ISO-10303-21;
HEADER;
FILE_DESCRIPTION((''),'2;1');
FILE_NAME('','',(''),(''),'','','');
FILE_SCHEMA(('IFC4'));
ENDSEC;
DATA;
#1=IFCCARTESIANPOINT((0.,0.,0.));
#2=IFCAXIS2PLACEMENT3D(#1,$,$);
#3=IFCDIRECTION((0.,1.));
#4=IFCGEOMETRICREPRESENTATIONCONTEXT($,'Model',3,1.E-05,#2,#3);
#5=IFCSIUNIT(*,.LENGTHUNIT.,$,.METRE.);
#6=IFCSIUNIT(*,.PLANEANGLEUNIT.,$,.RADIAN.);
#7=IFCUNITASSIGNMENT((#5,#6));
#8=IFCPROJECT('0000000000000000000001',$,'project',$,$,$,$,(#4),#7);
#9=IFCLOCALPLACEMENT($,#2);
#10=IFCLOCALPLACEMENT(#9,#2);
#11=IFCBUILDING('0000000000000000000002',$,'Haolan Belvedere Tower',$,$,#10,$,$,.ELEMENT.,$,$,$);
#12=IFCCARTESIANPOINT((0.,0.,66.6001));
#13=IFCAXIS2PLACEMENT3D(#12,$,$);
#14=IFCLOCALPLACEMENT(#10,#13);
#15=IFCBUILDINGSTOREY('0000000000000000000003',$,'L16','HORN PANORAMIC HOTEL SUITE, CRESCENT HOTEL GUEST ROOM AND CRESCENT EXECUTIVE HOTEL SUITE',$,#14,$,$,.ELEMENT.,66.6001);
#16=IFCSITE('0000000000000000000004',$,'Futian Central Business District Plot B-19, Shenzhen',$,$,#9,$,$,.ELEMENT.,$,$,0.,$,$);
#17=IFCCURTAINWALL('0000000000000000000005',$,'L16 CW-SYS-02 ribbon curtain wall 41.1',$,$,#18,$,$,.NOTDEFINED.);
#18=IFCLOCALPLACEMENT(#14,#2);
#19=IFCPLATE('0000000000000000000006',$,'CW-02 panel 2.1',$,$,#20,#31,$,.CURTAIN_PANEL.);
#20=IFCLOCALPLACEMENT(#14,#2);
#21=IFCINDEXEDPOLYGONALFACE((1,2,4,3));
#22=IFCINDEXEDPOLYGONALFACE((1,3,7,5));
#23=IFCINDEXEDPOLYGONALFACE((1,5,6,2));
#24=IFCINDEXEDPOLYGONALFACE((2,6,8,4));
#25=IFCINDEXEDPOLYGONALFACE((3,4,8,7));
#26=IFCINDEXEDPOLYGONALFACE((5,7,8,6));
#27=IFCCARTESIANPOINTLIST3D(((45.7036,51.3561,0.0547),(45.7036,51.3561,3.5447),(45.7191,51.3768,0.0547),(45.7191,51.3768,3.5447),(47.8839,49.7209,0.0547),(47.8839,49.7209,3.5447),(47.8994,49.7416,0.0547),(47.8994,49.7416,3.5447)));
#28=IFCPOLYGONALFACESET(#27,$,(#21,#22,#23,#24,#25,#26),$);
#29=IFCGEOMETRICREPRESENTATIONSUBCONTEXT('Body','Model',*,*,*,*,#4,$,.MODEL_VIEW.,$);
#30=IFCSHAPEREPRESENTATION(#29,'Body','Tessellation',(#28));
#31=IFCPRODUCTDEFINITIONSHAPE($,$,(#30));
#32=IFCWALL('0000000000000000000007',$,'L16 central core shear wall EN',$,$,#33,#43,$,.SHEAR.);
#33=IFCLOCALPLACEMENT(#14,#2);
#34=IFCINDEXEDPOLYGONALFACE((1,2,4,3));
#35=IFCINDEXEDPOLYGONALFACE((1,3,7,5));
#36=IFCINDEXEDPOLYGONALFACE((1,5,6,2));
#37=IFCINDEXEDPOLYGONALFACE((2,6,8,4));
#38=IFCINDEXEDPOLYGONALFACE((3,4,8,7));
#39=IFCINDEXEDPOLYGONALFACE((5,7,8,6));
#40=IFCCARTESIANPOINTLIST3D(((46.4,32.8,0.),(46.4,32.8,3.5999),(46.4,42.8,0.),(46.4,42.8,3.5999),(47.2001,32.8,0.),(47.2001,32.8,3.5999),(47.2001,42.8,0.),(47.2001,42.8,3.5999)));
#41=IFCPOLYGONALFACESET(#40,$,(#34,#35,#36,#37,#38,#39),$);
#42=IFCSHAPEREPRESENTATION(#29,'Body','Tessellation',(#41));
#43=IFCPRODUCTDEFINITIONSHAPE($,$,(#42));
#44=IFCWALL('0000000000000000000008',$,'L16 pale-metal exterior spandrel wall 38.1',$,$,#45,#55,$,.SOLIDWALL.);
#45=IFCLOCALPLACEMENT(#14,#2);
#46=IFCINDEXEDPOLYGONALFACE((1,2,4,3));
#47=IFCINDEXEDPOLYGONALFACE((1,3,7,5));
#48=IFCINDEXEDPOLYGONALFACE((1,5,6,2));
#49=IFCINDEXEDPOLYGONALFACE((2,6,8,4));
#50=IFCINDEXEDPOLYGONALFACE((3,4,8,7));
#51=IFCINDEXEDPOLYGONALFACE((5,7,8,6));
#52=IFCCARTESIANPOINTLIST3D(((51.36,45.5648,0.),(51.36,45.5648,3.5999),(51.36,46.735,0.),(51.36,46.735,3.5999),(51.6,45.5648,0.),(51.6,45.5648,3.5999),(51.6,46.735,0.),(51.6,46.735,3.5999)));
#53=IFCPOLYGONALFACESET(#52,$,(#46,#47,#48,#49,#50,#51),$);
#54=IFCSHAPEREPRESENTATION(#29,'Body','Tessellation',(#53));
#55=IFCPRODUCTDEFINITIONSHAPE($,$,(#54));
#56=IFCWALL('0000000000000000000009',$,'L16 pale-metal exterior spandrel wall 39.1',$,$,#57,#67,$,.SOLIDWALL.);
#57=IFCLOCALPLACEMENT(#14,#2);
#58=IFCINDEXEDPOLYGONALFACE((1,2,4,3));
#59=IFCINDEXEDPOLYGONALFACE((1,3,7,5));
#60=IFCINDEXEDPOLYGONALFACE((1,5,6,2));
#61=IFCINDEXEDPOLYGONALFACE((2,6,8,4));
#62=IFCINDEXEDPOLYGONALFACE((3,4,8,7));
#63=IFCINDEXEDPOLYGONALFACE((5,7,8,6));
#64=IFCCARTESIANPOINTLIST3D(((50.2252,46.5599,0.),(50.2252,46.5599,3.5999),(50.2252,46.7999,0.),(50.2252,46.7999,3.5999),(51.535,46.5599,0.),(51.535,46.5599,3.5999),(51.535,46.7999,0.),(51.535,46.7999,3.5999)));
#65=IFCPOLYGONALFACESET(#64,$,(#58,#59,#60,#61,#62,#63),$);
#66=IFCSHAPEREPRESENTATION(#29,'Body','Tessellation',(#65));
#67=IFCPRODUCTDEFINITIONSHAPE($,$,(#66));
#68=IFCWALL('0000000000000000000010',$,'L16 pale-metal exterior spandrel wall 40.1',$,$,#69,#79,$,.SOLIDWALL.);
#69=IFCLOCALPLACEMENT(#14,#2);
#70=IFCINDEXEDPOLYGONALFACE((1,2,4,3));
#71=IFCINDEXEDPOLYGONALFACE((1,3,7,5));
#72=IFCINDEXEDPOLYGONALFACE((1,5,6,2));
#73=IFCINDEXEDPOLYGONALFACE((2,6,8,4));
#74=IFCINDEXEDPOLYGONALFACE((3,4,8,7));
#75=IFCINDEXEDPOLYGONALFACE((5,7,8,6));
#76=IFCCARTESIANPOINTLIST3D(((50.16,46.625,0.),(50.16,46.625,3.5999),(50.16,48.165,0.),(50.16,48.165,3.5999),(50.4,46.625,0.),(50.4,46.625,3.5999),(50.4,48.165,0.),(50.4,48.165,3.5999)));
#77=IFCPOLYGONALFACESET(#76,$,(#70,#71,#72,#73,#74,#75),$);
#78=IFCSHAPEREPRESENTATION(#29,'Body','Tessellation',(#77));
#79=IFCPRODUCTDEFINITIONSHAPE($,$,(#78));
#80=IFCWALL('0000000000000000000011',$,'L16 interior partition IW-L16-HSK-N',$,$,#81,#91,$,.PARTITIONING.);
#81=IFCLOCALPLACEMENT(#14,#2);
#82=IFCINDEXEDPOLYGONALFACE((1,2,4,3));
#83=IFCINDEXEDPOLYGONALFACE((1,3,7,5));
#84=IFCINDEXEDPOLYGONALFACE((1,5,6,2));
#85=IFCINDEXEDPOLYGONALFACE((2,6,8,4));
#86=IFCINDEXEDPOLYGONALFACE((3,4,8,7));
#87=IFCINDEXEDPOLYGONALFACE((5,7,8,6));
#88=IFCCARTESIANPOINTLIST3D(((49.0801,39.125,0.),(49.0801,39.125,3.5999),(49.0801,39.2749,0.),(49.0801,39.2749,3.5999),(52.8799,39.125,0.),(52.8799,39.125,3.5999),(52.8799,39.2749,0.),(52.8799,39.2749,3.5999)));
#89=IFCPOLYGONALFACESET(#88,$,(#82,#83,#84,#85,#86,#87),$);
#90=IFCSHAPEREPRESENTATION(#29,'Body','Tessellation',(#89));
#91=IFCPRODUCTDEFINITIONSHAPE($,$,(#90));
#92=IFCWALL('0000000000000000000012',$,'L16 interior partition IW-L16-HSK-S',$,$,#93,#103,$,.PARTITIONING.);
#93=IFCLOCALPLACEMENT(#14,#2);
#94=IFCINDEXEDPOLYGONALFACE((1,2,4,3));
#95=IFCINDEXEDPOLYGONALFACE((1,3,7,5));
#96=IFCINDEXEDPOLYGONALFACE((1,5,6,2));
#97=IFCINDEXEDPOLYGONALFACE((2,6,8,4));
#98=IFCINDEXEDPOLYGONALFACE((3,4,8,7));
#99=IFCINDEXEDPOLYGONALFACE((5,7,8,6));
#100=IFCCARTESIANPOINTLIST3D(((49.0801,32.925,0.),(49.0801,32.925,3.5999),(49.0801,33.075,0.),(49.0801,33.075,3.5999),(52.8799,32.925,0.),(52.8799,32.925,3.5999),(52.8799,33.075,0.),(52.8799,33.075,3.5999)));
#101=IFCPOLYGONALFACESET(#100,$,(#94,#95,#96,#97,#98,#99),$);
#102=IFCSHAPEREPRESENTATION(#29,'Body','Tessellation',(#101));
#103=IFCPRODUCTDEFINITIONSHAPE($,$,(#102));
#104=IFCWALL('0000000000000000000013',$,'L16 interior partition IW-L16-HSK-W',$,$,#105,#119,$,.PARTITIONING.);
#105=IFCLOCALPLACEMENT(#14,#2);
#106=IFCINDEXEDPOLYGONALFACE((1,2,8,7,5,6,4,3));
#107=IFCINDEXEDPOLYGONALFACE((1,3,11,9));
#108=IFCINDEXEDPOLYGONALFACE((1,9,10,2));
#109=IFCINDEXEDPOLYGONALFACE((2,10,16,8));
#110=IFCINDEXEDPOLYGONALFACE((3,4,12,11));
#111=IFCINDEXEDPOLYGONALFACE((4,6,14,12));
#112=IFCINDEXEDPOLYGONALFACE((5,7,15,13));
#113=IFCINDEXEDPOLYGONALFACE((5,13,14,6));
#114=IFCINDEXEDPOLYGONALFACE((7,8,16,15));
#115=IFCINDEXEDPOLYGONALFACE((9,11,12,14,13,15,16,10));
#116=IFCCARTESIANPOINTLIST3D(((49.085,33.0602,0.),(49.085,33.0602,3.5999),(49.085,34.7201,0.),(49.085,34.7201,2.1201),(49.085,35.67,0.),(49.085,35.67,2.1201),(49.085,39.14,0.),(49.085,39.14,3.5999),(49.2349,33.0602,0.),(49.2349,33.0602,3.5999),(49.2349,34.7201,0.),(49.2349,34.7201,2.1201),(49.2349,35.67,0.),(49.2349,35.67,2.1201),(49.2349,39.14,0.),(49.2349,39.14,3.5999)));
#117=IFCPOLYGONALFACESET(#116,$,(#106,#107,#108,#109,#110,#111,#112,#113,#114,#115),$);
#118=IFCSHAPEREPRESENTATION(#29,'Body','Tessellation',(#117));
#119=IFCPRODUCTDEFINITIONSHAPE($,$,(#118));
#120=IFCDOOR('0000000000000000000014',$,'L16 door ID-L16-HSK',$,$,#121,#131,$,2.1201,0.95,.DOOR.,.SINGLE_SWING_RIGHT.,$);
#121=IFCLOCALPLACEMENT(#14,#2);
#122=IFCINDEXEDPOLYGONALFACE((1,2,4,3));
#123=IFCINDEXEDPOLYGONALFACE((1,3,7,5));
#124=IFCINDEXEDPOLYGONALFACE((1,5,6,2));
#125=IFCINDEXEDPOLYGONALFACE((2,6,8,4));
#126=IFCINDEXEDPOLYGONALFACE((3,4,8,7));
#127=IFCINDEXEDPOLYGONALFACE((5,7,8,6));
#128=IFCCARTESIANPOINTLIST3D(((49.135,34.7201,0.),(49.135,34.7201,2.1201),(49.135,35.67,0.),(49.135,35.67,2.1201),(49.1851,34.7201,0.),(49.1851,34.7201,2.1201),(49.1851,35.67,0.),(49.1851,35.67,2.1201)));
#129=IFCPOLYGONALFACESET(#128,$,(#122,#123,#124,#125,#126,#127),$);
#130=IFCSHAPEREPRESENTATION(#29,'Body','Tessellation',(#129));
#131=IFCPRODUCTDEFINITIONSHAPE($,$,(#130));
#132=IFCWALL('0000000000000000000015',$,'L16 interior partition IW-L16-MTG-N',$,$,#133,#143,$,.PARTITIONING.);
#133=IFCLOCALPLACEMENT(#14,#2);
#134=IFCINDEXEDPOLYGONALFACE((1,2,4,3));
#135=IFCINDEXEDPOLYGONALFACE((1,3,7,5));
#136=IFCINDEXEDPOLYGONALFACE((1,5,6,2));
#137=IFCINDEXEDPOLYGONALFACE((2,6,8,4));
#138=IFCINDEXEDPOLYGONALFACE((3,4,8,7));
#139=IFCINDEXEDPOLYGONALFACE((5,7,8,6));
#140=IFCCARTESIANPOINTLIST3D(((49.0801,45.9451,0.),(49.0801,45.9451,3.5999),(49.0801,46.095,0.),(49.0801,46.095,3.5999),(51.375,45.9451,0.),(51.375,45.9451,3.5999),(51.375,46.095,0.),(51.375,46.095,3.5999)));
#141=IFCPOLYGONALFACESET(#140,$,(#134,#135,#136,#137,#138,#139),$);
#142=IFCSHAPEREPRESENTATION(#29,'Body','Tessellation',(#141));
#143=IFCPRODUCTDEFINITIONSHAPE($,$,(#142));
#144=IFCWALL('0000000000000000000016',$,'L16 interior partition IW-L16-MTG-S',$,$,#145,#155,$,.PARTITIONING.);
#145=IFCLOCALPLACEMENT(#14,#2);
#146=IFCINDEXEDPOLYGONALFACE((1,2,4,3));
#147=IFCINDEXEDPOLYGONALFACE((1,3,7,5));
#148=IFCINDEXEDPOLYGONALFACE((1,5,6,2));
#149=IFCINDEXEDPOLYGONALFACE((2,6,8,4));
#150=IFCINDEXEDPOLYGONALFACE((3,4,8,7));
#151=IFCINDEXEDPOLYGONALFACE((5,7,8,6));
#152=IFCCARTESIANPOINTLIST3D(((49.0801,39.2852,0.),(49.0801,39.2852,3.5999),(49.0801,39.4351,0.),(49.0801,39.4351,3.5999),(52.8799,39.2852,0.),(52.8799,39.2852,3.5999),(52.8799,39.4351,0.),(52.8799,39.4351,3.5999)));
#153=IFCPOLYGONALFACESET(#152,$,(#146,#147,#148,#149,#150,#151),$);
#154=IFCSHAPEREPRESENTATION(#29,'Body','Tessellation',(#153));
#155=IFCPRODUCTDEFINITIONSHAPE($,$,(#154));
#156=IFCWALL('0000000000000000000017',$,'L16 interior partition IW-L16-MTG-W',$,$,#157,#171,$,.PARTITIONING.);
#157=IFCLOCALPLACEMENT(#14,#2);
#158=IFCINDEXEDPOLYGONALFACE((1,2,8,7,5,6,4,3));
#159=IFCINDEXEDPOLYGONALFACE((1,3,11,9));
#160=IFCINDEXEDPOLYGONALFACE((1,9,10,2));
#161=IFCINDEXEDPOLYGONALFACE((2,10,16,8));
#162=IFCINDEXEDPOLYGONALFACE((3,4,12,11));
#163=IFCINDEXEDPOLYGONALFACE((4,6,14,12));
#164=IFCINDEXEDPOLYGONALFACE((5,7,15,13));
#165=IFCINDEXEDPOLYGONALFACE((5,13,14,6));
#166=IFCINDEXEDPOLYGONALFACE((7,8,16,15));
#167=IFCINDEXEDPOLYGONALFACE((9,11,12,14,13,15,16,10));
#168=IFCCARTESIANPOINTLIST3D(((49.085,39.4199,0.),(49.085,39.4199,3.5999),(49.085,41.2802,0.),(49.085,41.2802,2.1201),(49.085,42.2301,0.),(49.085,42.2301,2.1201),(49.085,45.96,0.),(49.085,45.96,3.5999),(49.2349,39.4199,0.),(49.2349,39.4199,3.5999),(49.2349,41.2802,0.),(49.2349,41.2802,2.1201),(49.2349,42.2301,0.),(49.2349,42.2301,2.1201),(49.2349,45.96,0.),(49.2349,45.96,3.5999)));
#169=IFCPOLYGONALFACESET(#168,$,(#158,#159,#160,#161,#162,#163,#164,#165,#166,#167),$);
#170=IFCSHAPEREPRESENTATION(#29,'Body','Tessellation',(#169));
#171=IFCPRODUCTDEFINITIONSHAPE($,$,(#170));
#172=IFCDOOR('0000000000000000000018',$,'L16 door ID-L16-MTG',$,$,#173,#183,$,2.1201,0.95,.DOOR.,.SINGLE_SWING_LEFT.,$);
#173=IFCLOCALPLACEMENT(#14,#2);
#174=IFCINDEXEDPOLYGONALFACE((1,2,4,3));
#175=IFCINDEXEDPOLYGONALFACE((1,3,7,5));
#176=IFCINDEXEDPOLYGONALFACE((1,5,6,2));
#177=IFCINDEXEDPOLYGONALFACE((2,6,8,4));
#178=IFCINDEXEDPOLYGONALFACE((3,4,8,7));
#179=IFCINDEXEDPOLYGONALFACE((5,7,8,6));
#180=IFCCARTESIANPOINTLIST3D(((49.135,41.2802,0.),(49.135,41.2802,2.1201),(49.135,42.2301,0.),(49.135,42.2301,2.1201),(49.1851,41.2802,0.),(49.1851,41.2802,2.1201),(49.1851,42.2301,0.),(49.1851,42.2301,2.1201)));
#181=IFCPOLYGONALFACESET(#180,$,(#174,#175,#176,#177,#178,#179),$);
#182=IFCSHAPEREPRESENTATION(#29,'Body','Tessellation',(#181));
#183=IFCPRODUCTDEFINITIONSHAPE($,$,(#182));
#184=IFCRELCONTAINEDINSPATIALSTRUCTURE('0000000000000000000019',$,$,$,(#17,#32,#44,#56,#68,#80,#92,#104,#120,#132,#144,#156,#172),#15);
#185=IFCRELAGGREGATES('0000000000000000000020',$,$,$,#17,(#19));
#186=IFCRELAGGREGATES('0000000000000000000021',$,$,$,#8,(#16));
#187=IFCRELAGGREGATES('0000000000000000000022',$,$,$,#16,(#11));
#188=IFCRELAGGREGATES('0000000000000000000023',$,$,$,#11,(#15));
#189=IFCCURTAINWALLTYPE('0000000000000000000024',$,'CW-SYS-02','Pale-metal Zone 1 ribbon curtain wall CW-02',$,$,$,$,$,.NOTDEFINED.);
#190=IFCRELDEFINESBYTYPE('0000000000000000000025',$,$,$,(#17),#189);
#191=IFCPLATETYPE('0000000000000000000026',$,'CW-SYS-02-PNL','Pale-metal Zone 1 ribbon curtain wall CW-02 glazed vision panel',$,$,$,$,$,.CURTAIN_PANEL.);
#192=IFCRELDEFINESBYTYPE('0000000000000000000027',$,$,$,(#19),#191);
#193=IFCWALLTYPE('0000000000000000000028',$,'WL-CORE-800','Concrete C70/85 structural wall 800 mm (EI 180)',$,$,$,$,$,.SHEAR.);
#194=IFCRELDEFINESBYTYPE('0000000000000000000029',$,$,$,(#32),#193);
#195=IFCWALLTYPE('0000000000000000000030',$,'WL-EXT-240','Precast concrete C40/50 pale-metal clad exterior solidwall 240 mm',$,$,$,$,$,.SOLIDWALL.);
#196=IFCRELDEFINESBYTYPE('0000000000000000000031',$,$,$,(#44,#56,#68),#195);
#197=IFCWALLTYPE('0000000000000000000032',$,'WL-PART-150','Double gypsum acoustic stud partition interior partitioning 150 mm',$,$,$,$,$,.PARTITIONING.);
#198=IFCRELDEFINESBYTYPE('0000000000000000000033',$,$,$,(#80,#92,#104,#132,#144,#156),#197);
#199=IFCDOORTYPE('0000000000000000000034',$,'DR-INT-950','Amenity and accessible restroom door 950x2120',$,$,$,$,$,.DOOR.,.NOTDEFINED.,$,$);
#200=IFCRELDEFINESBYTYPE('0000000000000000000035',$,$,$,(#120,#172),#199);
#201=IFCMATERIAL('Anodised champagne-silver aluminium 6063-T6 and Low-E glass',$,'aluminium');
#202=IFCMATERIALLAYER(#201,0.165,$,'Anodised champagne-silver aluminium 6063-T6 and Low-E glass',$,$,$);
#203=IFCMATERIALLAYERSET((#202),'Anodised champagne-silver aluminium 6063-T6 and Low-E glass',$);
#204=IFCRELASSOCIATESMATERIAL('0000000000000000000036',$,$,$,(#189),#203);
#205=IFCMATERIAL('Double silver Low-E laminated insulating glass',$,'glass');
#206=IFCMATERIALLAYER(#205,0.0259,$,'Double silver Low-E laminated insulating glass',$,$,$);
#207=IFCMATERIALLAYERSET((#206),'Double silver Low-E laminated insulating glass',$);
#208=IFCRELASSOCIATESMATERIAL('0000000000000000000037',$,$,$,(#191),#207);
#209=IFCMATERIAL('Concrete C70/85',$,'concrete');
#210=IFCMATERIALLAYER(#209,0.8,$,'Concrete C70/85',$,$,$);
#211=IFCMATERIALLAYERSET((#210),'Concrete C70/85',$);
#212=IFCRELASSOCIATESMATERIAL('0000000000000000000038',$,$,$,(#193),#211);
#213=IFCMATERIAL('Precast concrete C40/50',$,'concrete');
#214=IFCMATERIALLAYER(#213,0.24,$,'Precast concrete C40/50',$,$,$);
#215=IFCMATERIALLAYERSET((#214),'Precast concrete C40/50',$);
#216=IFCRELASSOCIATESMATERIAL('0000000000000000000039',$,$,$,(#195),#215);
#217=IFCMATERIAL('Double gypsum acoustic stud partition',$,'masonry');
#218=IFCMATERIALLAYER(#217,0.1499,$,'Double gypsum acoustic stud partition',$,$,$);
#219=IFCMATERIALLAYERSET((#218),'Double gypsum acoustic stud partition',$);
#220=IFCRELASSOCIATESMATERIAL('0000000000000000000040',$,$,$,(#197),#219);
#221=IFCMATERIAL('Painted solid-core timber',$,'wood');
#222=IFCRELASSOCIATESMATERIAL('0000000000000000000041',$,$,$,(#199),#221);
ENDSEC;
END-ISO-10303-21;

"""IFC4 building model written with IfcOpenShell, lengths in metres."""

from ifc_helpers import new_model, si_unit, direction, frame, frame_2d, origin, origin_2d, place, context, subcontext, project, spatial, rectangle, extrude, material, layer, layer_set, type_object, element, fill, aggregate, save


model = new_model("IFC4")

# Units and contexts
model_context = context("Model", 3, precision=1e-05, world=origin(), true_north=direction((0.0, 1.0)))
body_context = subcontext(model_context, "Body", "Model", "MODEL_VIEW")
ifc_project = project(units=[si_unit("LENGTHUNIT", "METRE"), si_unit("PLANEANGLEUNIT", "RADIAN")], contexts=[model_context])

# Site, building, storey
site_placement = place(None, origin())
site = spatial("IfcSite", under=ifc_project, at=site_placement, Name="Futian Central Business District Plot B-19, Shenzhen", CompositionType="ELEMENT", RefElevation=0.0)
building_placement = place(site_placement, origin())
building = spatial("IfcBuilding", under=site, at=building_placement, Name="Haolan Belvedere Tower", CompositionType="ELEMENT")
storey_placement = place(building_placement, frame((0.0, 0.0, 66.6001)))
storey = spatial("IfcBuildingStorey", under=building, at=storey_placement, Name="L16", Description="HORN PANORAMIC HOTEL SUITE, CRESCENT HOTEL GUEST ROOM AND CRESCENT EXECUTIVE HOTEL SUITE", CompositionType="ELEMENT", Elevation=66.6001)

# Curtain wall, plate
ifc_material_1 = material(Name="Anodised champagne-silver aluminium 6063-T6 and Low-E glass", Category="aluminium")
ifc_layer_1 = layer(ifc_material_1, 0.165, Name="Anodised champagne-silver aluminium 6063-T6 and Low-E glass")
ifc_layer_set_1 = layer_set([ifc_layer_1], Name="Anodised champagne-silver aluminium 6063-T6 and Low-E glass")
curtain_wall_type = type_object("IfcCurtainWallType", Name="CW-SYS-02", Description="Pale-metal Zone 1 ribbon curtain wall CW-02", PredefinedType="NOTDEFINED", material=ifc_layer_set_1)
curtain_wall_placement = place(storey_placement, origin())
curtain_wall = element("IfcCurtainWall", 1, at=curtain_wall_placement, inside=storey, type_object=curtain_wall_type, Name="L16 CW-SYS-02 ribbon curtain wall 41.1", PredefinedType="NOTDEFINED")
ifc_material_2 = material(Name="Double silver Low-E laminated insulating glass", Category="glass")
ifc_layer_2 = layer(ifc_material_2, 0.0259, Name="Double silver Low-E laminated insulating glass")
ifc_layer_set_2 = layer_set([ifc_layer_2], Name="Double silver Low-E laminated insulating glass")
plate_type = type_object("IfcPlateType", Name="CW-SYS-02-PNL", Description="Pale-metal Zone 1 ribbon curtain wall CW-02 glazed vision panel", PredefinedType="CURTAIN_PANEL", material=ifc_layer_set_2)
plate_1_placement = place(storey_placement, frame((46.8015, 50.5488, 0.0547), z_axis=(0.0, 0.0, 1.0), x_axis=(-0.800004, 0.599994, 0.0)))
plate_1 = element("IfcPlate", 2, at=plate_1_placement, type_object=plate_type, Name="CW-02 panel 2.1", PredefinedType="CURTAIN_PANEL", context=body_context, shape_type="SweptSolid", body=[
    extrude(rectangle(XDim=2.7253, YDim=0.0259, at=origin_2d()), origin(), (0.0, 0.0, 1.0), 3.49),
])
aggregate(curtain_wall, [plate_1])

# Walls
ifc_material_3 = material(Name="Concrete C70/85", Category="concrete")
ifc_layer_3 = layer(ifc_material_3, 0.8, Name="Concrete C70/85")
ifc_layer_set_3 = layer_set([ifc_layer_3], Name="Concrete C70/85")
wall_type_1 = type_object("IfcWallType", Name="WL-CORE-800", Description="Concrete C70/85 structural wall 800 mm (EI 180)", PredefinedType="SHEAR", material=ifc_layer_set_3)
wall_1_placement = place(storey_placement, frame((46.8, 32.8, 0.0), z_axis=(0.0, 0.0, 1.0), x_axis=(0.0, 1.0, 0.0)))
element("IfcWall", 3, at=wall_1_placement, inside=storey, type_object=wall_type_1, Name="L16 central core shear wall EN", PredefinedType="SHEAR", context=body_context, shape_type="SweptSolid", body=[
    extrude(rectangle(XDim=10.0, YDim=0.8, at=frame_2d((5.0, 0.0))), origin(), (0.0, 0.0, 1.0), 3.5999),
])
ifc_material_4 = material(Name="Precast concrete C40/50", Category="concrete")
ifc_layer_4 = layer(ifc_material_4, 0.24, Name="Precast concrete C40/50")
ifc_layer_set_4 = layer_set([ifc_layer_4], Name="Precast concrete C40/50")
wall_type_2 = type_object("IfcWallType", Name="WL-EXT-240", Description="Precast concrete C40/50 pale-metal clad exterior solidwall 240 mm", PredefinedType="SOLIDWALL", material=ifc_layer_set_4)
wall_2_placement = place(storey_placement, frame((51.48, 45.5649, 0.0), z_axis=(0.0, 0.0, 1.0), x_axis=(0.0, 1.0, 0.0)))
element("IfcWall", 4, at=wall_2_placement, inside=storey, type_object=wall_type_2, Name="L16 pale-metal exterior spandrel wall 38.1", PredefinedType="SOLIDWALL", context=body_context, shape_type="SweptSolid", body=[
    extrude(rectangle(XDim=1.1702, YDim=0.24, at=frame_2d((0.585, 0.0))), origin(), (0.0, 0.0, 1.0), 3.5999),
])
wall_3_placement = place(storey_placement, frame((51.5349, 46.6799, 0.0), z_axis=(0.0, 0.0, 1.0), x_axis=(-1.0, 0.0, 0.0)))
element("IfcWall", 5, at=wall_3_placement, inside=storey, type_object=wall_type_2, Name="L16 pale-metal exterior spandrel wall 39.1", PredefinedType="SOLIDWALL", context=body_context, shape_type="SweptSolid", body=[
    extrude(rectangle(XDim=1.3098, YDim=0.24, at=frame_2d((0.6548, 0.0))), origin(), (0.0, 0.0, 1.0), 3.5999),
])
wall_4_placement = place(storey_placement, frame((50.28, 46.625, 0.0), z_axis=(0.0, 0.0, 1.0), x_axis=(0.0, 1.0, 0.0)))
element("IfcWall", 6, at=wall_4_placement, inside=storey, type_object=wall_type_2, Name="L16 pale-metal exterior spandrel wall 40.1", PredefinedType="SOLIDWALL", context=body_context, shape_type="SweptSolid", body=[
    extrude(rectangle(XDim=1.54, YDim=0.24, at=frame_2d((0.77, 0.0))), origin(), (0.0, 0.0, 1.0), 3.5999),
])
ifc_material_5 = material(Name="Double gypsum acoustic stud partition", Category="masonry")
ifc_layer_5 = layer(ifc_material_5, 0.1499, Name="Double gypsum acoustic stud partition")
ifc_layer_set_5 = layer_set([ifc_layer_5], Name="Double gypsum acoustic stud partition")
wall_type_3 = type_object("IfcWallType", Name="WL-PART-150", Description="Double gypsum acoustic stud partition interior partitioning 150 mm", PredefinedType="PARTITIONING", material=ifc_layer_set_5)
for number, where, z_axis, x_axis, name in (
    (7, (49.0801, 39.2, 0.0), (0.0, 0.0, 1.0), (1.0, 0.0, 0.0), "L16 interior partition IW-L16-HSK-N"),
    (8, (49.0801, 33.0, 0.0), (0.0, 0.0, 1.0), (1.0, 0.0, 0.0), "L16 interior partition IW-L16-HSK-S"),
):
    element("IfcWall", number, at=place(storey_placement, frame(where, z_axis=z_axis, x_axis=x_axis)), inside=storey, type_object=wall_type_3, Name=name, PredefinedType="PARTITIONING", context=body_context, shape_type="SweptSolid", body=[
        extrude(rectangle(XDim=3.7998, YDim=0.1499, at=frame_2d((1.8999, 0.0))), origin(), (0.0, 0.0, 1.0), 3.5999),
    ])

# Wall, opening, door
wall_5_placement = place(storey_placement, frame((49.1599, 33.0601, 0.0), z_axis=(0.0, 0.0, 1.0), x_axis=(0.0, 1.0, 0.0)))
wall_5 = element("IfcWall", 9, at=wall_5_placement, inside=storey, type_object=wall_type_3, Name="L16 interior partition IW-L16-HSK-W", PredefinedType="PARTITIONING", context=body_context, shape_type="SweptSolid", body=[
    extrude(rectangle(XDim=6.0798, YDim=0.1499, at=frame_2d((3.04, 0.0))), origin(), (0.0, 0.0, 1.0), 3.5999),
])
opening_1_placement = place(wall_5_placement, frame((1.6599, 0.0, 0.0)))
opening_1 = element("IfcOpeningElement", 10, at=opening_1_placement, cuts=wall_5, PredefinedType="OPENING", context=body_context, shape_type="SweptSolid", body=[
    extrude(rectangle(XDim=0.95, YDim=2.1201, at=frame_2d((0.4751, 1.0601))), frame((0.0, 0.085, 0.0), z_axis=(0.0, -1.0, 0.0), x_axis=(1.0, 0.0, 0.0)), (0.0, 0.0, 1.0), 0.1699),
])
ifc_material_6 = material(Name="Painted solid-core timber", Category="wood")
door_type = type_object("IfcDoorType", Name="DR-INT-950", Description="Amenity and accessible restroom door 950x2120", OperationType="NOTDEFINED", PredefinedType="DOOR", material=ifc_material_6)
door_1_placement = place(opening_1_placement, origin())
door_1 = element("IfcDoor", 11, at=door_1_placement, inside=storey, type_object=door_type, Name="L16 door ID-L16-HSK", OperationType="SINGLE_SWING_RIGHT", OverallHeight=2.1201, OverallWidth=0.95, PredefinedType="DOOR", context=body_context, shape_type="SweptSolid", body=[
    extrude(rectangle(XDim=0.95, YDim=2.1201, at=frame_2d((0.4751, 1.0601))), frame((0.0, 0.0249, 0.0), z_axis=(0.0, -1.0, 0.0), x_axis=(1.0, 0.0, 0.0)), (0.0, 0.0, 1.0), 0.05),
])
fill(opening_1, door_1)

# Walls
wall_6_placement = place(storey_placement, frame((49.0801, 46.02, 0.0), z_axis=(0.0, 0.0, 1.0), x_axis=(1.0, 0.0, 0.0)))
element("IfcWall", 12, at=wall_6_placement, inside=storey, type_object=wall_type_3, Name="L16 interior partition IW-L16-MTG-N", PredefinedType="PARTITIONING", context=body_context, shape_type="SweptSolid", body=[
    extrude(rectangle(XDim=2.2949, YDim=0.1499, at=frame_2d((1.1475, 0.0))), origin(), (0.0, 0.0, 1.0), 3.5999),
])
wall_7_placement = place(storey_placement, frame((49.0801, 39.3601, 0.0), z_axis=(0.0, 0.0, 1.0), x_axis=(1.0, 0.0, 0.0)))
element("IfcWall", 13, at=wall_7_placement, inside=storey, type_object=wall_type_3, Name="L16 interior partition IW-L16-MTG-S", PredefinedType="PARTITIONING", context=body_context, shape_type="SweptSolid", body=[
    extrude(rectangle(XDim=3.7998, YDim=0.1499, at=frame_2d((1.8999, 0.0))), origin(), (0.0, 0.0, 1.0), 3.5999),
])

# Wall, opening, door
wall_8_placement = place(storey_placement, frame((49.1599, 39.4199, 0.0), z_axis=(0.0, 0.0, 1.0), x_axis=(0.0, 1.0, 0.0)))
wall_8 = element("IfcWall", 14, at=wall_8_placement, inside=storey, type_object=wall_type_3, Name="L16 interior partition IW-L16-MTG-W", PredefinedType="PARTITIONING", context=body_context, shape_type="SweptSolid", body=[
    extrude(rectangle(XDim=6.54, YDim=0.1499, at=frame_2d((3.27, 0.0))), origin(), (0.0, 0.0, 1.0), 3.5999),
])
opening_2_placement = place(wall_8_placement, frame((1.8601, 0.0, 0.0)))
opening_2 = element("IfcOpeningElement", 15, at=opening_2_placement, cuts=wall_8, PredefinedType="OPENING", context=body_context, shape_type="SweptSolid", body=[
    extrude(rectangle(XDim=0.95, YDim=2.1201, at=frame_2d((0.4751, 1.0601))), frame((0.0, 0.085, 0.0), z_axis=(0.0, -1.0, 0.0), x_axis=(1.0, 0.0, 0.0)), (0.0, 0.0, 1.0), 0.1699),
])
door_2_placement = place(opening_2_placement, origin())
door_2 = element("IfcDoor", 16, at=door_2_placement, inside=storey, type_object=door_type, Name="L16 door ID-L16-MTG", OperationType="SINGLE_SWING_LEFT", OverallHeight=2.1201, OverallWidth=0.95, PredefinedType="DOOR", context=body_context, shape_type="SweptSolid", body=[
    extrude(rectangle(XDim=0.95, YDim=2.1201, at=frame_2d((0.4751, 1.0601))), frame((0.0, 0.0249, 0.0), z_axis=(0.0, -1.0, 0.0), x_axis=(1.0, 0.0, 0.0)), (0.0, 0.0, 1.0), 0.05),
])
fill(opening_2, door_2)

save(model, "model.ifc")
